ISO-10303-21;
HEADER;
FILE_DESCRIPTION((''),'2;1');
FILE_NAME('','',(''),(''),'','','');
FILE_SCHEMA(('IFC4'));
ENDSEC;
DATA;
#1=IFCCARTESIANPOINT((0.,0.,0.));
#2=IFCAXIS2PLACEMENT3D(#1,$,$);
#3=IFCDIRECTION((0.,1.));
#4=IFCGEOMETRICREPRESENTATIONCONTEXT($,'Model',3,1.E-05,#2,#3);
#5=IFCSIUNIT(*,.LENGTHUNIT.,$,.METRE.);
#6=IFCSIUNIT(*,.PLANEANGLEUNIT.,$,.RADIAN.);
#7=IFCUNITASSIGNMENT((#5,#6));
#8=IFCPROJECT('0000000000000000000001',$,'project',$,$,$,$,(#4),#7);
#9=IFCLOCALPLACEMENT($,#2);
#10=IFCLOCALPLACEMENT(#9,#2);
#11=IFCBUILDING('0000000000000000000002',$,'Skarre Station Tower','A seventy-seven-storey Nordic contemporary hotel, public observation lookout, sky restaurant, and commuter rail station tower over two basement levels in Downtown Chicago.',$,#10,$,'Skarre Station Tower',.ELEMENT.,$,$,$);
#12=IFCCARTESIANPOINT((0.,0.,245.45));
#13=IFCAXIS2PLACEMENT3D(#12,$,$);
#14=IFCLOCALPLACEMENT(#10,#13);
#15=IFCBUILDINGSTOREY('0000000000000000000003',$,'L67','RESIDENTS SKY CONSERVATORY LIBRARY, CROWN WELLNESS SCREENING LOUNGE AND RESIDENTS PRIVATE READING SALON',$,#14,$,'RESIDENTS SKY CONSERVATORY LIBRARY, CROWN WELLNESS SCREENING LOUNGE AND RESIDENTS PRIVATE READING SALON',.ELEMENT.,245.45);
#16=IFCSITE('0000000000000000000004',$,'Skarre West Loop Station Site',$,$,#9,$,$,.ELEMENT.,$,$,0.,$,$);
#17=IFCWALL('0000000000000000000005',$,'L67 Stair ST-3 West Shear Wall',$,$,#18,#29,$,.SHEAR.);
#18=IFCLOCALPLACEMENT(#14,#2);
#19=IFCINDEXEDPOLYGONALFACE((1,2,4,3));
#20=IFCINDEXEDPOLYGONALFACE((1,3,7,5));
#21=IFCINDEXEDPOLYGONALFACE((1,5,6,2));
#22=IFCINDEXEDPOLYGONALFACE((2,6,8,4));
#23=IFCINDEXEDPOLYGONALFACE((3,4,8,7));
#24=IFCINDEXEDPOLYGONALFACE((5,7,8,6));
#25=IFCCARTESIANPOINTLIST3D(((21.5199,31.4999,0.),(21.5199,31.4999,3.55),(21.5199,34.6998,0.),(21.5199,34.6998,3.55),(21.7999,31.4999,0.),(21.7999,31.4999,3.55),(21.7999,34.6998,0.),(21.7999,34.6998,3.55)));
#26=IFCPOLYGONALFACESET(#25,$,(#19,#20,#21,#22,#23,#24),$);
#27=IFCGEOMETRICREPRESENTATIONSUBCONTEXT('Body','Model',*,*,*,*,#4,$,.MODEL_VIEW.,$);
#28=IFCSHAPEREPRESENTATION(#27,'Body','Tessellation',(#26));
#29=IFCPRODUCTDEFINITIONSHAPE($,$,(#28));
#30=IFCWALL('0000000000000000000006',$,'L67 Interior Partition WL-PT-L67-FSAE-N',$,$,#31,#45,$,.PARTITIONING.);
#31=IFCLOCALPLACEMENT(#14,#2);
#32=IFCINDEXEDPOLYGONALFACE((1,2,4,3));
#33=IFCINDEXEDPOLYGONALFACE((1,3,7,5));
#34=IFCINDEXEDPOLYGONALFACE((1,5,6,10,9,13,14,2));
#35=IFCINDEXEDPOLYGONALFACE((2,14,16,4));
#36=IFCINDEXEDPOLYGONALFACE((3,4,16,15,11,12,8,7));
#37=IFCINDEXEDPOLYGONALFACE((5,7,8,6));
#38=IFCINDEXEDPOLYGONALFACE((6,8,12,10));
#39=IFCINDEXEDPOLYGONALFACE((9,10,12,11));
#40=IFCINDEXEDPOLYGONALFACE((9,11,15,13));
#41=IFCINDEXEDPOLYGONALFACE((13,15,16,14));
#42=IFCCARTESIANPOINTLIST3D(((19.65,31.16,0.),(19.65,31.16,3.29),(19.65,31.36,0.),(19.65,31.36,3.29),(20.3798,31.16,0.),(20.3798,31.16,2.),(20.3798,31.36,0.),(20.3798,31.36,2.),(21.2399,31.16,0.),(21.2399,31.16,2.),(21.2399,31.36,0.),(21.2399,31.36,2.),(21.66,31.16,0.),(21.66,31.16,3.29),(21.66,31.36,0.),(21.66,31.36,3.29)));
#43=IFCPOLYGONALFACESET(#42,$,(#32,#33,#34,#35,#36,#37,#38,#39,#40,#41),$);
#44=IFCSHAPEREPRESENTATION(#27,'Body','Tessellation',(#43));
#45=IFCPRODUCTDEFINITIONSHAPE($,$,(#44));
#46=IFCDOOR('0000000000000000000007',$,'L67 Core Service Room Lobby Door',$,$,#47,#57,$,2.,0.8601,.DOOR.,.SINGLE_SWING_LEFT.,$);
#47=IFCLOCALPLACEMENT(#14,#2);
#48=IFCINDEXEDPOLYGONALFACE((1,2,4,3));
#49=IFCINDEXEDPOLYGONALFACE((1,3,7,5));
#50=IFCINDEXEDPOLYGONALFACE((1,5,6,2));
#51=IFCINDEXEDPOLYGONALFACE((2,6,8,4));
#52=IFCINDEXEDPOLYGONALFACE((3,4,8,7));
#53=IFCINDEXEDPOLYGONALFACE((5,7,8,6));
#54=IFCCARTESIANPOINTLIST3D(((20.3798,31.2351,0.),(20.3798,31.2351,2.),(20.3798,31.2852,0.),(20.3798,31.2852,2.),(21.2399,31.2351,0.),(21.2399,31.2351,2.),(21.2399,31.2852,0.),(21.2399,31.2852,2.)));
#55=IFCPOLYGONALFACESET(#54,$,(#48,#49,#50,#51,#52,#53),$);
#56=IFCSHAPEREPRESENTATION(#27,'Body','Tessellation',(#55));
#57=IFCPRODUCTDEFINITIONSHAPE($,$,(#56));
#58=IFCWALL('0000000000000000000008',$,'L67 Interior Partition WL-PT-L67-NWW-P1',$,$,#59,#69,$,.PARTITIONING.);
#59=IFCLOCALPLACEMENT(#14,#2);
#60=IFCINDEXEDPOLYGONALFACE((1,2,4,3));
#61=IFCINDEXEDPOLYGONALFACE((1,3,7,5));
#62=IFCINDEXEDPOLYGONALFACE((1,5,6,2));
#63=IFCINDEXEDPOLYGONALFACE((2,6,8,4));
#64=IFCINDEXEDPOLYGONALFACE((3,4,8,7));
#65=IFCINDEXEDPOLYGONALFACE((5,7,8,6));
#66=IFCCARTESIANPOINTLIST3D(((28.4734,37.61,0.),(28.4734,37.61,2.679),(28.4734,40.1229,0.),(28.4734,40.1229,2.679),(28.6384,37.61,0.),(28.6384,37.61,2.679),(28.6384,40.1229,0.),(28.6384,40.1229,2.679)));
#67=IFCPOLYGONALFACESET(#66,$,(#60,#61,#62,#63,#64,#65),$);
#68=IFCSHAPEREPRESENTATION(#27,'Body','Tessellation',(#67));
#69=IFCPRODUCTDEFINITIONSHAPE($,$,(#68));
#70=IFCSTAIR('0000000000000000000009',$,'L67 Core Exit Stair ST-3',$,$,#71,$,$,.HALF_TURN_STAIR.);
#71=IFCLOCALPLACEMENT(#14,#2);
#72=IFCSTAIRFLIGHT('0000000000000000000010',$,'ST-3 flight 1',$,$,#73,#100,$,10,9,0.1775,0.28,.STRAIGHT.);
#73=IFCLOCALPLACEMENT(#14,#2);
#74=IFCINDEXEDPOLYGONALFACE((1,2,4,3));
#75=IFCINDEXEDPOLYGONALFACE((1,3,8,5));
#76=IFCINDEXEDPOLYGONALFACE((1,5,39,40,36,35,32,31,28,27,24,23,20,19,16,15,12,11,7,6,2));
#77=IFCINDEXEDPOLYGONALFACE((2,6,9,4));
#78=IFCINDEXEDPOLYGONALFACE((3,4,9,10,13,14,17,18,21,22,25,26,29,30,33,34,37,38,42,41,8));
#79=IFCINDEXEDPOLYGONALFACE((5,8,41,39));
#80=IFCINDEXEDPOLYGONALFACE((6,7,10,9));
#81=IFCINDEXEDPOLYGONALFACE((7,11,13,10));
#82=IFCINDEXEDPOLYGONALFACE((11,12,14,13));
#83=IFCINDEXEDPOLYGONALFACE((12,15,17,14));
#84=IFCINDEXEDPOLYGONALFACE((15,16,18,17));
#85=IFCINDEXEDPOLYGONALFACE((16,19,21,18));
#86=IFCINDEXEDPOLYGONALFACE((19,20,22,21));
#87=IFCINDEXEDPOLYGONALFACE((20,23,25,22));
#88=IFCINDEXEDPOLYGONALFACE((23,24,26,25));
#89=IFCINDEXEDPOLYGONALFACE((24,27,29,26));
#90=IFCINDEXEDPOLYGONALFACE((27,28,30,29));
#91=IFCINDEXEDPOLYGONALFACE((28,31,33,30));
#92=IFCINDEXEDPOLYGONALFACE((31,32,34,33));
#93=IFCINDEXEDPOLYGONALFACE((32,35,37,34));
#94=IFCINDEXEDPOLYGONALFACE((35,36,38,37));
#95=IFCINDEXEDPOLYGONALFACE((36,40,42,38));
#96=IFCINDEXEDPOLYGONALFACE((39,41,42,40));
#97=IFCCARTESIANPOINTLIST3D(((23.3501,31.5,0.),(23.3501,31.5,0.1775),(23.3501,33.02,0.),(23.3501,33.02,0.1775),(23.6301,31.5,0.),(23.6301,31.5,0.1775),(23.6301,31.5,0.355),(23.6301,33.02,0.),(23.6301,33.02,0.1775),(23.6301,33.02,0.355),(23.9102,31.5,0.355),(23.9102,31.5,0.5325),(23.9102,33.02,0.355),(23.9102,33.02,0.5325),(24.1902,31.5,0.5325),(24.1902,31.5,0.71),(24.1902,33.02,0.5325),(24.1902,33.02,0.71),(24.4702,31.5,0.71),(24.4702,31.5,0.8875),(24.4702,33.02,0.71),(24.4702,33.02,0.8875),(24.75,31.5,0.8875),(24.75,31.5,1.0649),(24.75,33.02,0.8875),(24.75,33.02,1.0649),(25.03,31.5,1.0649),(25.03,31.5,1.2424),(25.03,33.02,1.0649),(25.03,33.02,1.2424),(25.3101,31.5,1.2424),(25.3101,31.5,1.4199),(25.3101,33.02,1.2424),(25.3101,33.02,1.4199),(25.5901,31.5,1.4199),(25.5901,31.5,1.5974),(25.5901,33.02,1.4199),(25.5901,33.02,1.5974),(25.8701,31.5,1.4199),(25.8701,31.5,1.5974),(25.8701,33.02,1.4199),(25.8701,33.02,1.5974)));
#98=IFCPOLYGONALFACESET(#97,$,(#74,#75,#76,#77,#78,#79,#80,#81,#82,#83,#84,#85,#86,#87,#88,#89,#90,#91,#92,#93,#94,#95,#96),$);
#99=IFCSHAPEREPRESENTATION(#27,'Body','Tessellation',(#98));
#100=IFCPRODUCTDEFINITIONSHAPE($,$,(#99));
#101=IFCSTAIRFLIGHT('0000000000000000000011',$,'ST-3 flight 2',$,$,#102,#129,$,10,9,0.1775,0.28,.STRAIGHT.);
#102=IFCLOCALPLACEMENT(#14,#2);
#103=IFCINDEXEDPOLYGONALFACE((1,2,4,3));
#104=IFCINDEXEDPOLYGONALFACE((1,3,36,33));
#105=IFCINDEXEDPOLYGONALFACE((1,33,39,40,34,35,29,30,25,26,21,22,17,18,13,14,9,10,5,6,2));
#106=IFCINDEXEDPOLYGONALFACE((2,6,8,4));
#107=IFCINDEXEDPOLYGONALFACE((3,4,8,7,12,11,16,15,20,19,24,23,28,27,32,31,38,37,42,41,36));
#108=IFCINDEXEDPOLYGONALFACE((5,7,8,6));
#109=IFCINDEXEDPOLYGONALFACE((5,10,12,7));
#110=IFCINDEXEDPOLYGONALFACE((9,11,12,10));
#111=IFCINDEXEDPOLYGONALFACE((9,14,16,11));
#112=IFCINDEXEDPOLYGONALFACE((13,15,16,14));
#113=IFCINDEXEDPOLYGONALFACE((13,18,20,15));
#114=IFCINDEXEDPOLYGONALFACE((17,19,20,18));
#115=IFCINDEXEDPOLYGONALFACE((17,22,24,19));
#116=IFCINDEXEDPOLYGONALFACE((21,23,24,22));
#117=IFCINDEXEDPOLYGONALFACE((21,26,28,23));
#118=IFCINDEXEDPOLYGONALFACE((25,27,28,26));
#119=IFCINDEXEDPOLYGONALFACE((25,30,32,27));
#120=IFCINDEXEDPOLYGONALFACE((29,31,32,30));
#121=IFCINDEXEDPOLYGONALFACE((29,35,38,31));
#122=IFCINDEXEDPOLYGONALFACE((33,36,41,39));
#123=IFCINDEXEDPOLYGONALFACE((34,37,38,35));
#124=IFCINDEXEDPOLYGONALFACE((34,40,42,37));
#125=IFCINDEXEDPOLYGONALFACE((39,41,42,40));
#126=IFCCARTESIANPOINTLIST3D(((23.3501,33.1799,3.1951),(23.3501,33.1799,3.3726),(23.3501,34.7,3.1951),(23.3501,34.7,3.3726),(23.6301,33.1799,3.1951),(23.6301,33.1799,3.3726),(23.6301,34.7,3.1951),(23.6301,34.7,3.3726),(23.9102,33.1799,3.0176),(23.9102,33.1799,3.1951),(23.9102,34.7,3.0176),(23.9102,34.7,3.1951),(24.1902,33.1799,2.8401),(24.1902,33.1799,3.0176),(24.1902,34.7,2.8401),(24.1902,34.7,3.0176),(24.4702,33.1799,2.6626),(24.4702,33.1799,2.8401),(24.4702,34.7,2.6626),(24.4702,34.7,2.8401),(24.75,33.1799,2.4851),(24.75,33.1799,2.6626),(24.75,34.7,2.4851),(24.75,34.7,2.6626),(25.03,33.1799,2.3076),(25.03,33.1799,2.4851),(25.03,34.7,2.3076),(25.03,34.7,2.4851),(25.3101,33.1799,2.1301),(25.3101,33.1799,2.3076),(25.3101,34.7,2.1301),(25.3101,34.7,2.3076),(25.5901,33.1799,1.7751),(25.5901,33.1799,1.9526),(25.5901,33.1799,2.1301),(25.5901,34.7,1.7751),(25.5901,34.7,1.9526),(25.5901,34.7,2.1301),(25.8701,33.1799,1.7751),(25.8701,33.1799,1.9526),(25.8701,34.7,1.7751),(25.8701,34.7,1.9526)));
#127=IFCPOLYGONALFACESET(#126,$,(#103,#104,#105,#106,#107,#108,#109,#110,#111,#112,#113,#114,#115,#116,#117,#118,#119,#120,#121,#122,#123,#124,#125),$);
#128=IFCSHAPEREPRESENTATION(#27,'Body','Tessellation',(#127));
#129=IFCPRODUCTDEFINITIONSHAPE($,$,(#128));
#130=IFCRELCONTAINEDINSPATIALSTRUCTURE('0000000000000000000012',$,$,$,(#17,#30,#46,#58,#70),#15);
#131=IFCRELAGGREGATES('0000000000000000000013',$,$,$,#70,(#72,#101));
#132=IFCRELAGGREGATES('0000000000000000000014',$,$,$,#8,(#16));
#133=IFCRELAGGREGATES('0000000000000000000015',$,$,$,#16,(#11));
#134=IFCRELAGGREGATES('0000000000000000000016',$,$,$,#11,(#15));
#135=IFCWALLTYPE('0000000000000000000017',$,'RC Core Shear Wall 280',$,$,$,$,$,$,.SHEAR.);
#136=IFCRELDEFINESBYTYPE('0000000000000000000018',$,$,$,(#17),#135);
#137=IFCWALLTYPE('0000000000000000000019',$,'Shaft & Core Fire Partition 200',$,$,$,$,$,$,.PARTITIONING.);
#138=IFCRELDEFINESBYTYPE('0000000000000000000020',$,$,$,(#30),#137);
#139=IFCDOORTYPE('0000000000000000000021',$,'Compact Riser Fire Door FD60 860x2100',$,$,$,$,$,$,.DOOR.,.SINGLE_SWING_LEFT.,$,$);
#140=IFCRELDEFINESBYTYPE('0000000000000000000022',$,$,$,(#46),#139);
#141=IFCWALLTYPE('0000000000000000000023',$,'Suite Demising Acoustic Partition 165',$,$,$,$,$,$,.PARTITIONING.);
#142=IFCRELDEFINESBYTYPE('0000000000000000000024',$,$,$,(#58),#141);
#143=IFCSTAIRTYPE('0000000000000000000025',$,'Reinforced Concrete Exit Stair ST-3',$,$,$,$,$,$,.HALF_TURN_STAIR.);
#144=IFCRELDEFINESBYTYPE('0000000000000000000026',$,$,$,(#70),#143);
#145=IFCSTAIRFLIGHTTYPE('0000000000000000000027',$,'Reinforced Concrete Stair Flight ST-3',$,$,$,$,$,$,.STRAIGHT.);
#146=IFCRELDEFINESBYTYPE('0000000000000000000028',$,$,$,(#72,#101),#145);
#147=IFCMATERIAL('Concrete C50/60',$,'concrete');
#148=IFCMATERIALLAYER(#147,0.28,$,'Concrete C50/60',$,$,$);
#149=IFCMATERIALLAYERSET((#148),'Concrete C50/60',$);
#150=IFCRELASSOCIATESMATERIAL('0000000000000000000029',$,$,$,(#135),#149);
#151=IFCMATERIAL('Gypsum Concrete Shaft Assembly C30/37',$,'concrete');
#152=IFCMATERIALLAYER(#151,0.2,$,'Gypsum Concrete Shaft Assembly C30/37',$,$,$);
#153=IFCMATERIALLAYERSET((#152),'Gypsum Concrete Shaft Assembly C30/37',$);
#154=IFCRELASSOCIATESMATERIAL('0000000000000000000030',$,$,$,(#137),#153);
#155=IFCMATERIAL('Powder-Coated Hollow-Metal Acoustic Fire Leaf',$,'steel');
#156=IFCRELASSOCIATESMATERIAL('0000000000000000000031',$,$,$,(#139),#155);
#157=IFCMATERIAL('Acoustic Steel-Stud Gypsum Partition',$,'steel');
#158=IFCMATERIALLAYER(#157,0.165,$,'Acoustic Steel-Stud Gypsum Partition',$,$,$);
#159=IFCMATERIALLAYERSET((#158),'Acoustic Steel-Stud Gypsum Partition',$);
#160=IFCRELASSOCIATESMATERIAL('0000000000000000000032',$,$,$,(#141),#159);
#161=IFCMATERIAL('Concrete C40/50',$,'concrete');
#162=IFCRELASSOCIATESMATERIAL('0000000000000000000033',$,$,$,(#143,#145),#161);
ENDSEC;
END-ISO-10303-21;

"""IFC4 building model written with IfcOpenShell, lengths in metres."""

from ifc_helpers import new_model, si_unit, direction, frame, frame_2d, origin, place, context, subcontext, project, spatial, polyline, rectangle, outline, extrude, material, layer, layer_set, type_object, element, fill, aggregate, save


model = new_model("IFC4")

# Units and contexts
model_context = context("Model", 3, precision=1e-05, world=origin(), true_north=direction((0.0, 1.0)))
body_context = subcontext(model_context, "Body", "Model", "MODEL_VIEW")
ifc_project = project(units=[si_unit("LENGTHUNIT", "METRE"), si_unit("PLANEANGLEUNIT", "RADIAN")], contexts=[model_context])

# Site, building, storey
site_placement = place(None, origin())
site = spatial("IfcSite", under=ifc_project, at=site_placement, Name="Skarre West Loop Station Site", CompositionType="ELEMENT", RefElevation=0.0)
building_placement = place(site_placement, origin())
building = spatial("IfcBuilding", under=site, at=building_placement, Name="Skarre Station Tower", Description="A seventy-seven-storey Nordic contemporary hotel, public observation lookout, sky restaurant, and commuter rail station tower over two basement levels in Downtown Chicago.", LongName="Skarre Station Tower", CompositionType="ELEMENT")
storey_placement = place(building_placement, frame((0.0, 0.0, 245.45)))
storey = spatial("IfcBuildingStorey", under=building, at=storey_placement, Name="L67", Description="RESIDENTS SKY CONSERVATORY LIBRARY, CROWN WELLNESS SCREENING LOUNGE AND RESIDENTS PRIVATE READING SALON", LongName="RESIDENTS SKY CONSERVATORY LIBRARY, CROWN WELLNESS SCREENING LOUNGE AND RESIDENTS PRIVATE READING SALON", CompositionType="ELEMENT", Elevation=245.45)

# Shared definitions
ifc_material_1 = material(Name="Concrete C50/60", Category="concrete")

# Shared definitions
ifc_material_2 = material(Name="Acoustic Steel-Stud Gypsum Partition", Category="steel")

# Shared definitions
ifc_layer_1 = layer(ifc_material_1, 0.28, Name="Concrete C50/60")
ifc_layer_set_1 = layer_set([ifc_layer_1], Name="Concrete C50/60")
wall_type_1 = type_object("IfcWallType", Name="RC Core Shear Wall 280", PredefinedType="SHEAR", material=ifc_layer_set_1)

# Wall
wall_1_placement = place(storey_placement, frame((21.6599, 34.7, 0.0), z_axis=(0.0, 0.0, 1.0), x_axis=(0.0, -1.0, 0.0)))
element("IfcWall", 1, at=wall_1_placement, inside=storey, type_object=wall_type_1, Name="L67 Stair ST-3 West Shear Wall", PredefinedType="SHEAR", context=body_context, shape_type="SweptSolid", body=[
    extrude(rectangle(XDim=3.2, YDim=0.28, at=frame_2d((1.6001, 0.0))), origin(), (0.0, 0.0, 1.0), 3.55),
])

# Wall, opening, door
ifc_material_3 = material(Name="Gypsum Concrete Shaft Assembly C30/37", Category="concrete")
ifc_layer_2 = layer(ifc_material_3, 0.2, Name="Gypsum Concrete Shaft Assembly C30/37")
ifc_layer_set_2 = layer_set([ifc_layer_2], Name="Gypsum Concrete Shaft Assembly C30/37")
wall_type_2 = type_object("IfcWallType", Name="Shaft & Core Fire Partition 200", PredefinedType="PARTITIONING", material=ifc_layer_set_2)
wall_2_placement = place(storey_placement, frame((21.6599, 31.26, 0.0), z_axis=(0.0, 0.0, 1.0), x_axis=(-1.0, 0.0, 0.0)))
wall_2 = element("IfcWall", 2, at=wall_2_placement, inside=storey, type_object=wall_type_2, Name="L67 Interior Partition WL-PT-L67-FSAE-N", PredefinedType="PARTITIONING", context=body_context, shape_type="SweptSolid", body=[
    extrude(rectangle(XDim=2.01, YDim=0.2, at=frame_2d((1.0049, 0.0))), origin(), (0.0, 0.0, 1.0), 3.29),
])
opening_1_placement = place(wall_2_placement, frame((0.4199, 0.0, 0.0)))
opening_1 = element("IfcOpeningElement", 3, at=opening_1_placement, cuts=wall_2, PredefinedType="OPENING", context=body_context, shape_type="SweptSolid", body=[
    extrude(rectangle(XDim=0.8601, YDim=2.0, at=frame_2d((0.4302, 1.0))), frame((0.0, 0.1099, 0.0), z_axis=(0.0, -1.0, 0.0), x_axis=(1.0, 0.0, 0.0)), (0.0, 0.0, 1.0), 0.22),
])
ifc_material_4 = material(Name="Powder-Coated Hollow-Metal Acoustic Fire Leaf", Category="steel")
door_type_1 = type_object("IfcDoorType", Name="Compact Riser Fire Door FD60 860x2100", OperationType="SINGLE_SWING_LEFT", PredefinedType="DOOR", material=ifc_material_4)
door_1_placement = place(opening_1_placement, origin())
door_1 = element("IfcDoor", 4, at=door_1_placement, inside=storey, type_object=door_type_1, Name="L67 Core Service Room Lobby Door", OperationType="SINGLE_SWING_LEFT", OverallHeight=2.0, OverallWidth=0.8601, PredefinedType="DOOR", context=body_context, shape_type="SweptSolid", body=[
    extrude(rectangle(XDim=0.8601, YDim=2.0, at=frame_2d((0.4302, 1.0))), frame((0.0, 0.0249, 0.0), z_axis=(0.0, -1.0, 0.0), x_axis=(1.0, 0.0, 0.0)), (0.0, 0.0, 1.0), 0.05),
])
fill(opening_1, door_1)

# Wall
ifc_layer_3 = layer(ifc_material_2, 0.165, Name="Acoustic Steel-Stud Gypsum Partition")
ifc_layer_set_3 = layer_set([ifc_layer_3], Name="Acoustic Steel-Stud Gypsum Partition")
wall_type_3 = type_object("IfcWallType", Name="Suite Demising Acoustic Partition 165", PredefinedType="PARTITIONING", material=ifc_layer_set_3)
wall_3_placement = place(storey_placement, frame((28.5559, 37.6101, 0.0), z_axis=(0.0, 0.0, 1.0), x_axis=(0.0, 1.0, 0.0)))
element("IfcWall", 5, at=wall_3_placement, inside=storey, type_object=wall_type_3, Name="L67 Interior Partition WL-PT-L67-NWW-P1", PredefinedType="PARTITIONING", context=body_context, shape_type="SweptSolid", body=[
    extrude(rectangle(XDim=2.5129, YDim=0.165, at=frame_2d((1.2563, 0.0))), origin(), (0.0, 0.0, 1.0), 2.679),
])

# Stair, stair flights
ifc_material_5 = material(Name="Concrete C40/50", Category="concrete")
stair_type = type_object("IfcStairType", Name="Reinforced Concrete Exit Stair ST-3", PredefinedType="HALF_TURN_STAIR", material=ifc_material_5)
stair_placement = place(storey_placement, origin())
stair = element("IfcStair", 6, at=stair_placement, inside=storey, type_object=stair_type, Name="L67 Core Exit Stair ST-3", PredefinedType="HALF_TURN_STAIR")
stair_flight_type = type_object("IfcStairFlightType", Name="Reinforced Concrete Stair Flight ST-3", PredefinedType="STRAIGHT", material=ifc_material_5)
stair_flight_1_placement = place(storey_placement, frame((23.3501, 32.26, 0.0), z_axis=(0.0, 0.0, 1.0), x_axis=(1.0, 0.0, 0.0)))
stair_flight_1 = element("IfcStairFlight", 7, at=stair_flight_1_placement, type_object=stair_flight_type, Name="ST-3 flight 1", NumberOfRisers=10, NumberOfTreads=9, PredefinedType="STRAIGHT", RiserHeight=0.1775, TreadLength=0.28, context=body_context, shape_type="SweptSolid", body=[
    extrude(outline(polyline([(0.0, 0.0), (0.0, 0.1775), (0.28, 0.1775), (0.28, 0.355), (0.5601, 0.355), (0.5601, 0.5325), (0.8401, 0.5325), (0.8401, 0.71), (1.1201, 0.71), (1.1201, 0.8875), (1.3999, 0.8875), (1.3999, 1.0649), (1.6799, 1.0649), (1.6799, 1.2424), (1.96, 1.2424), (1.96, 1.4199), (2.24, 1.4199), (2.24, 1.5974), (2.52, 1.5974), (2.52, 1.7749), (2.52, 1.4199), (0.28, 0.0), (0.0, 0.0)])), frame((0.0, 0.76, 0.0), z_axis=(0.0, -1.0, 0.0), x_axis=(1.0, 0.0, 0.0)), (0.0, 0.0, 1.0), 1.52),
])
stair_flight_2_placement = place(storey_placement, frame((25.8701, 33.9399, 1.7751), z_axis=(0.0, 0.0, 1.0), x_axis=(-1.0, 0.0, 0.0)))
stair_flight_2 = element("IfcStairFlight", 8, at=stair_flight_2_placement, type_object=stair_flight_type, Name="ST-3 flight 2", NumberOfRisers=10, NumberOfTreads=9, PredefinedType="STRAIGHT", RiserHeight=0.1775, TreadLength=0.28, context=body_context, shape_type="SweptSolid", body=[
    extrude(outline(polyline([(0.0, 0.0), (0.0, 0.1775), (0.28, 0.1775), (0.28, 0.355), (0.5601, 0.355), (0.5601, 0.5325), (0.8401, 0.5325), (0.8401, 0.71), (1.1201, 0.71), (1.1201, 0.8875), (1.3999, 0.8875), (1.3999, 1.0649), (1.6799, 1.0649), (1.6799, 1.2424), (1.96, 1.2424), (1.96, 1.4199), (2.24, 1.4199), (2.24, 1.5974), (2.52, 1.5974), (2.52, 1.7749), (2.52, 1.4199), (0.28, 0.0), (0.0, 0.0)])), frame((0.0, 0.76, 0.0), z_axis=(0.0, -1.0, 0.0), x_axis=(1.0, 0.0, 0.0)), (0.0, 0.0, 1.0), 1.52),
])
aggregate(stair, [stair_flight_1, stair_flight_2])

save(model, "model.ifc")
